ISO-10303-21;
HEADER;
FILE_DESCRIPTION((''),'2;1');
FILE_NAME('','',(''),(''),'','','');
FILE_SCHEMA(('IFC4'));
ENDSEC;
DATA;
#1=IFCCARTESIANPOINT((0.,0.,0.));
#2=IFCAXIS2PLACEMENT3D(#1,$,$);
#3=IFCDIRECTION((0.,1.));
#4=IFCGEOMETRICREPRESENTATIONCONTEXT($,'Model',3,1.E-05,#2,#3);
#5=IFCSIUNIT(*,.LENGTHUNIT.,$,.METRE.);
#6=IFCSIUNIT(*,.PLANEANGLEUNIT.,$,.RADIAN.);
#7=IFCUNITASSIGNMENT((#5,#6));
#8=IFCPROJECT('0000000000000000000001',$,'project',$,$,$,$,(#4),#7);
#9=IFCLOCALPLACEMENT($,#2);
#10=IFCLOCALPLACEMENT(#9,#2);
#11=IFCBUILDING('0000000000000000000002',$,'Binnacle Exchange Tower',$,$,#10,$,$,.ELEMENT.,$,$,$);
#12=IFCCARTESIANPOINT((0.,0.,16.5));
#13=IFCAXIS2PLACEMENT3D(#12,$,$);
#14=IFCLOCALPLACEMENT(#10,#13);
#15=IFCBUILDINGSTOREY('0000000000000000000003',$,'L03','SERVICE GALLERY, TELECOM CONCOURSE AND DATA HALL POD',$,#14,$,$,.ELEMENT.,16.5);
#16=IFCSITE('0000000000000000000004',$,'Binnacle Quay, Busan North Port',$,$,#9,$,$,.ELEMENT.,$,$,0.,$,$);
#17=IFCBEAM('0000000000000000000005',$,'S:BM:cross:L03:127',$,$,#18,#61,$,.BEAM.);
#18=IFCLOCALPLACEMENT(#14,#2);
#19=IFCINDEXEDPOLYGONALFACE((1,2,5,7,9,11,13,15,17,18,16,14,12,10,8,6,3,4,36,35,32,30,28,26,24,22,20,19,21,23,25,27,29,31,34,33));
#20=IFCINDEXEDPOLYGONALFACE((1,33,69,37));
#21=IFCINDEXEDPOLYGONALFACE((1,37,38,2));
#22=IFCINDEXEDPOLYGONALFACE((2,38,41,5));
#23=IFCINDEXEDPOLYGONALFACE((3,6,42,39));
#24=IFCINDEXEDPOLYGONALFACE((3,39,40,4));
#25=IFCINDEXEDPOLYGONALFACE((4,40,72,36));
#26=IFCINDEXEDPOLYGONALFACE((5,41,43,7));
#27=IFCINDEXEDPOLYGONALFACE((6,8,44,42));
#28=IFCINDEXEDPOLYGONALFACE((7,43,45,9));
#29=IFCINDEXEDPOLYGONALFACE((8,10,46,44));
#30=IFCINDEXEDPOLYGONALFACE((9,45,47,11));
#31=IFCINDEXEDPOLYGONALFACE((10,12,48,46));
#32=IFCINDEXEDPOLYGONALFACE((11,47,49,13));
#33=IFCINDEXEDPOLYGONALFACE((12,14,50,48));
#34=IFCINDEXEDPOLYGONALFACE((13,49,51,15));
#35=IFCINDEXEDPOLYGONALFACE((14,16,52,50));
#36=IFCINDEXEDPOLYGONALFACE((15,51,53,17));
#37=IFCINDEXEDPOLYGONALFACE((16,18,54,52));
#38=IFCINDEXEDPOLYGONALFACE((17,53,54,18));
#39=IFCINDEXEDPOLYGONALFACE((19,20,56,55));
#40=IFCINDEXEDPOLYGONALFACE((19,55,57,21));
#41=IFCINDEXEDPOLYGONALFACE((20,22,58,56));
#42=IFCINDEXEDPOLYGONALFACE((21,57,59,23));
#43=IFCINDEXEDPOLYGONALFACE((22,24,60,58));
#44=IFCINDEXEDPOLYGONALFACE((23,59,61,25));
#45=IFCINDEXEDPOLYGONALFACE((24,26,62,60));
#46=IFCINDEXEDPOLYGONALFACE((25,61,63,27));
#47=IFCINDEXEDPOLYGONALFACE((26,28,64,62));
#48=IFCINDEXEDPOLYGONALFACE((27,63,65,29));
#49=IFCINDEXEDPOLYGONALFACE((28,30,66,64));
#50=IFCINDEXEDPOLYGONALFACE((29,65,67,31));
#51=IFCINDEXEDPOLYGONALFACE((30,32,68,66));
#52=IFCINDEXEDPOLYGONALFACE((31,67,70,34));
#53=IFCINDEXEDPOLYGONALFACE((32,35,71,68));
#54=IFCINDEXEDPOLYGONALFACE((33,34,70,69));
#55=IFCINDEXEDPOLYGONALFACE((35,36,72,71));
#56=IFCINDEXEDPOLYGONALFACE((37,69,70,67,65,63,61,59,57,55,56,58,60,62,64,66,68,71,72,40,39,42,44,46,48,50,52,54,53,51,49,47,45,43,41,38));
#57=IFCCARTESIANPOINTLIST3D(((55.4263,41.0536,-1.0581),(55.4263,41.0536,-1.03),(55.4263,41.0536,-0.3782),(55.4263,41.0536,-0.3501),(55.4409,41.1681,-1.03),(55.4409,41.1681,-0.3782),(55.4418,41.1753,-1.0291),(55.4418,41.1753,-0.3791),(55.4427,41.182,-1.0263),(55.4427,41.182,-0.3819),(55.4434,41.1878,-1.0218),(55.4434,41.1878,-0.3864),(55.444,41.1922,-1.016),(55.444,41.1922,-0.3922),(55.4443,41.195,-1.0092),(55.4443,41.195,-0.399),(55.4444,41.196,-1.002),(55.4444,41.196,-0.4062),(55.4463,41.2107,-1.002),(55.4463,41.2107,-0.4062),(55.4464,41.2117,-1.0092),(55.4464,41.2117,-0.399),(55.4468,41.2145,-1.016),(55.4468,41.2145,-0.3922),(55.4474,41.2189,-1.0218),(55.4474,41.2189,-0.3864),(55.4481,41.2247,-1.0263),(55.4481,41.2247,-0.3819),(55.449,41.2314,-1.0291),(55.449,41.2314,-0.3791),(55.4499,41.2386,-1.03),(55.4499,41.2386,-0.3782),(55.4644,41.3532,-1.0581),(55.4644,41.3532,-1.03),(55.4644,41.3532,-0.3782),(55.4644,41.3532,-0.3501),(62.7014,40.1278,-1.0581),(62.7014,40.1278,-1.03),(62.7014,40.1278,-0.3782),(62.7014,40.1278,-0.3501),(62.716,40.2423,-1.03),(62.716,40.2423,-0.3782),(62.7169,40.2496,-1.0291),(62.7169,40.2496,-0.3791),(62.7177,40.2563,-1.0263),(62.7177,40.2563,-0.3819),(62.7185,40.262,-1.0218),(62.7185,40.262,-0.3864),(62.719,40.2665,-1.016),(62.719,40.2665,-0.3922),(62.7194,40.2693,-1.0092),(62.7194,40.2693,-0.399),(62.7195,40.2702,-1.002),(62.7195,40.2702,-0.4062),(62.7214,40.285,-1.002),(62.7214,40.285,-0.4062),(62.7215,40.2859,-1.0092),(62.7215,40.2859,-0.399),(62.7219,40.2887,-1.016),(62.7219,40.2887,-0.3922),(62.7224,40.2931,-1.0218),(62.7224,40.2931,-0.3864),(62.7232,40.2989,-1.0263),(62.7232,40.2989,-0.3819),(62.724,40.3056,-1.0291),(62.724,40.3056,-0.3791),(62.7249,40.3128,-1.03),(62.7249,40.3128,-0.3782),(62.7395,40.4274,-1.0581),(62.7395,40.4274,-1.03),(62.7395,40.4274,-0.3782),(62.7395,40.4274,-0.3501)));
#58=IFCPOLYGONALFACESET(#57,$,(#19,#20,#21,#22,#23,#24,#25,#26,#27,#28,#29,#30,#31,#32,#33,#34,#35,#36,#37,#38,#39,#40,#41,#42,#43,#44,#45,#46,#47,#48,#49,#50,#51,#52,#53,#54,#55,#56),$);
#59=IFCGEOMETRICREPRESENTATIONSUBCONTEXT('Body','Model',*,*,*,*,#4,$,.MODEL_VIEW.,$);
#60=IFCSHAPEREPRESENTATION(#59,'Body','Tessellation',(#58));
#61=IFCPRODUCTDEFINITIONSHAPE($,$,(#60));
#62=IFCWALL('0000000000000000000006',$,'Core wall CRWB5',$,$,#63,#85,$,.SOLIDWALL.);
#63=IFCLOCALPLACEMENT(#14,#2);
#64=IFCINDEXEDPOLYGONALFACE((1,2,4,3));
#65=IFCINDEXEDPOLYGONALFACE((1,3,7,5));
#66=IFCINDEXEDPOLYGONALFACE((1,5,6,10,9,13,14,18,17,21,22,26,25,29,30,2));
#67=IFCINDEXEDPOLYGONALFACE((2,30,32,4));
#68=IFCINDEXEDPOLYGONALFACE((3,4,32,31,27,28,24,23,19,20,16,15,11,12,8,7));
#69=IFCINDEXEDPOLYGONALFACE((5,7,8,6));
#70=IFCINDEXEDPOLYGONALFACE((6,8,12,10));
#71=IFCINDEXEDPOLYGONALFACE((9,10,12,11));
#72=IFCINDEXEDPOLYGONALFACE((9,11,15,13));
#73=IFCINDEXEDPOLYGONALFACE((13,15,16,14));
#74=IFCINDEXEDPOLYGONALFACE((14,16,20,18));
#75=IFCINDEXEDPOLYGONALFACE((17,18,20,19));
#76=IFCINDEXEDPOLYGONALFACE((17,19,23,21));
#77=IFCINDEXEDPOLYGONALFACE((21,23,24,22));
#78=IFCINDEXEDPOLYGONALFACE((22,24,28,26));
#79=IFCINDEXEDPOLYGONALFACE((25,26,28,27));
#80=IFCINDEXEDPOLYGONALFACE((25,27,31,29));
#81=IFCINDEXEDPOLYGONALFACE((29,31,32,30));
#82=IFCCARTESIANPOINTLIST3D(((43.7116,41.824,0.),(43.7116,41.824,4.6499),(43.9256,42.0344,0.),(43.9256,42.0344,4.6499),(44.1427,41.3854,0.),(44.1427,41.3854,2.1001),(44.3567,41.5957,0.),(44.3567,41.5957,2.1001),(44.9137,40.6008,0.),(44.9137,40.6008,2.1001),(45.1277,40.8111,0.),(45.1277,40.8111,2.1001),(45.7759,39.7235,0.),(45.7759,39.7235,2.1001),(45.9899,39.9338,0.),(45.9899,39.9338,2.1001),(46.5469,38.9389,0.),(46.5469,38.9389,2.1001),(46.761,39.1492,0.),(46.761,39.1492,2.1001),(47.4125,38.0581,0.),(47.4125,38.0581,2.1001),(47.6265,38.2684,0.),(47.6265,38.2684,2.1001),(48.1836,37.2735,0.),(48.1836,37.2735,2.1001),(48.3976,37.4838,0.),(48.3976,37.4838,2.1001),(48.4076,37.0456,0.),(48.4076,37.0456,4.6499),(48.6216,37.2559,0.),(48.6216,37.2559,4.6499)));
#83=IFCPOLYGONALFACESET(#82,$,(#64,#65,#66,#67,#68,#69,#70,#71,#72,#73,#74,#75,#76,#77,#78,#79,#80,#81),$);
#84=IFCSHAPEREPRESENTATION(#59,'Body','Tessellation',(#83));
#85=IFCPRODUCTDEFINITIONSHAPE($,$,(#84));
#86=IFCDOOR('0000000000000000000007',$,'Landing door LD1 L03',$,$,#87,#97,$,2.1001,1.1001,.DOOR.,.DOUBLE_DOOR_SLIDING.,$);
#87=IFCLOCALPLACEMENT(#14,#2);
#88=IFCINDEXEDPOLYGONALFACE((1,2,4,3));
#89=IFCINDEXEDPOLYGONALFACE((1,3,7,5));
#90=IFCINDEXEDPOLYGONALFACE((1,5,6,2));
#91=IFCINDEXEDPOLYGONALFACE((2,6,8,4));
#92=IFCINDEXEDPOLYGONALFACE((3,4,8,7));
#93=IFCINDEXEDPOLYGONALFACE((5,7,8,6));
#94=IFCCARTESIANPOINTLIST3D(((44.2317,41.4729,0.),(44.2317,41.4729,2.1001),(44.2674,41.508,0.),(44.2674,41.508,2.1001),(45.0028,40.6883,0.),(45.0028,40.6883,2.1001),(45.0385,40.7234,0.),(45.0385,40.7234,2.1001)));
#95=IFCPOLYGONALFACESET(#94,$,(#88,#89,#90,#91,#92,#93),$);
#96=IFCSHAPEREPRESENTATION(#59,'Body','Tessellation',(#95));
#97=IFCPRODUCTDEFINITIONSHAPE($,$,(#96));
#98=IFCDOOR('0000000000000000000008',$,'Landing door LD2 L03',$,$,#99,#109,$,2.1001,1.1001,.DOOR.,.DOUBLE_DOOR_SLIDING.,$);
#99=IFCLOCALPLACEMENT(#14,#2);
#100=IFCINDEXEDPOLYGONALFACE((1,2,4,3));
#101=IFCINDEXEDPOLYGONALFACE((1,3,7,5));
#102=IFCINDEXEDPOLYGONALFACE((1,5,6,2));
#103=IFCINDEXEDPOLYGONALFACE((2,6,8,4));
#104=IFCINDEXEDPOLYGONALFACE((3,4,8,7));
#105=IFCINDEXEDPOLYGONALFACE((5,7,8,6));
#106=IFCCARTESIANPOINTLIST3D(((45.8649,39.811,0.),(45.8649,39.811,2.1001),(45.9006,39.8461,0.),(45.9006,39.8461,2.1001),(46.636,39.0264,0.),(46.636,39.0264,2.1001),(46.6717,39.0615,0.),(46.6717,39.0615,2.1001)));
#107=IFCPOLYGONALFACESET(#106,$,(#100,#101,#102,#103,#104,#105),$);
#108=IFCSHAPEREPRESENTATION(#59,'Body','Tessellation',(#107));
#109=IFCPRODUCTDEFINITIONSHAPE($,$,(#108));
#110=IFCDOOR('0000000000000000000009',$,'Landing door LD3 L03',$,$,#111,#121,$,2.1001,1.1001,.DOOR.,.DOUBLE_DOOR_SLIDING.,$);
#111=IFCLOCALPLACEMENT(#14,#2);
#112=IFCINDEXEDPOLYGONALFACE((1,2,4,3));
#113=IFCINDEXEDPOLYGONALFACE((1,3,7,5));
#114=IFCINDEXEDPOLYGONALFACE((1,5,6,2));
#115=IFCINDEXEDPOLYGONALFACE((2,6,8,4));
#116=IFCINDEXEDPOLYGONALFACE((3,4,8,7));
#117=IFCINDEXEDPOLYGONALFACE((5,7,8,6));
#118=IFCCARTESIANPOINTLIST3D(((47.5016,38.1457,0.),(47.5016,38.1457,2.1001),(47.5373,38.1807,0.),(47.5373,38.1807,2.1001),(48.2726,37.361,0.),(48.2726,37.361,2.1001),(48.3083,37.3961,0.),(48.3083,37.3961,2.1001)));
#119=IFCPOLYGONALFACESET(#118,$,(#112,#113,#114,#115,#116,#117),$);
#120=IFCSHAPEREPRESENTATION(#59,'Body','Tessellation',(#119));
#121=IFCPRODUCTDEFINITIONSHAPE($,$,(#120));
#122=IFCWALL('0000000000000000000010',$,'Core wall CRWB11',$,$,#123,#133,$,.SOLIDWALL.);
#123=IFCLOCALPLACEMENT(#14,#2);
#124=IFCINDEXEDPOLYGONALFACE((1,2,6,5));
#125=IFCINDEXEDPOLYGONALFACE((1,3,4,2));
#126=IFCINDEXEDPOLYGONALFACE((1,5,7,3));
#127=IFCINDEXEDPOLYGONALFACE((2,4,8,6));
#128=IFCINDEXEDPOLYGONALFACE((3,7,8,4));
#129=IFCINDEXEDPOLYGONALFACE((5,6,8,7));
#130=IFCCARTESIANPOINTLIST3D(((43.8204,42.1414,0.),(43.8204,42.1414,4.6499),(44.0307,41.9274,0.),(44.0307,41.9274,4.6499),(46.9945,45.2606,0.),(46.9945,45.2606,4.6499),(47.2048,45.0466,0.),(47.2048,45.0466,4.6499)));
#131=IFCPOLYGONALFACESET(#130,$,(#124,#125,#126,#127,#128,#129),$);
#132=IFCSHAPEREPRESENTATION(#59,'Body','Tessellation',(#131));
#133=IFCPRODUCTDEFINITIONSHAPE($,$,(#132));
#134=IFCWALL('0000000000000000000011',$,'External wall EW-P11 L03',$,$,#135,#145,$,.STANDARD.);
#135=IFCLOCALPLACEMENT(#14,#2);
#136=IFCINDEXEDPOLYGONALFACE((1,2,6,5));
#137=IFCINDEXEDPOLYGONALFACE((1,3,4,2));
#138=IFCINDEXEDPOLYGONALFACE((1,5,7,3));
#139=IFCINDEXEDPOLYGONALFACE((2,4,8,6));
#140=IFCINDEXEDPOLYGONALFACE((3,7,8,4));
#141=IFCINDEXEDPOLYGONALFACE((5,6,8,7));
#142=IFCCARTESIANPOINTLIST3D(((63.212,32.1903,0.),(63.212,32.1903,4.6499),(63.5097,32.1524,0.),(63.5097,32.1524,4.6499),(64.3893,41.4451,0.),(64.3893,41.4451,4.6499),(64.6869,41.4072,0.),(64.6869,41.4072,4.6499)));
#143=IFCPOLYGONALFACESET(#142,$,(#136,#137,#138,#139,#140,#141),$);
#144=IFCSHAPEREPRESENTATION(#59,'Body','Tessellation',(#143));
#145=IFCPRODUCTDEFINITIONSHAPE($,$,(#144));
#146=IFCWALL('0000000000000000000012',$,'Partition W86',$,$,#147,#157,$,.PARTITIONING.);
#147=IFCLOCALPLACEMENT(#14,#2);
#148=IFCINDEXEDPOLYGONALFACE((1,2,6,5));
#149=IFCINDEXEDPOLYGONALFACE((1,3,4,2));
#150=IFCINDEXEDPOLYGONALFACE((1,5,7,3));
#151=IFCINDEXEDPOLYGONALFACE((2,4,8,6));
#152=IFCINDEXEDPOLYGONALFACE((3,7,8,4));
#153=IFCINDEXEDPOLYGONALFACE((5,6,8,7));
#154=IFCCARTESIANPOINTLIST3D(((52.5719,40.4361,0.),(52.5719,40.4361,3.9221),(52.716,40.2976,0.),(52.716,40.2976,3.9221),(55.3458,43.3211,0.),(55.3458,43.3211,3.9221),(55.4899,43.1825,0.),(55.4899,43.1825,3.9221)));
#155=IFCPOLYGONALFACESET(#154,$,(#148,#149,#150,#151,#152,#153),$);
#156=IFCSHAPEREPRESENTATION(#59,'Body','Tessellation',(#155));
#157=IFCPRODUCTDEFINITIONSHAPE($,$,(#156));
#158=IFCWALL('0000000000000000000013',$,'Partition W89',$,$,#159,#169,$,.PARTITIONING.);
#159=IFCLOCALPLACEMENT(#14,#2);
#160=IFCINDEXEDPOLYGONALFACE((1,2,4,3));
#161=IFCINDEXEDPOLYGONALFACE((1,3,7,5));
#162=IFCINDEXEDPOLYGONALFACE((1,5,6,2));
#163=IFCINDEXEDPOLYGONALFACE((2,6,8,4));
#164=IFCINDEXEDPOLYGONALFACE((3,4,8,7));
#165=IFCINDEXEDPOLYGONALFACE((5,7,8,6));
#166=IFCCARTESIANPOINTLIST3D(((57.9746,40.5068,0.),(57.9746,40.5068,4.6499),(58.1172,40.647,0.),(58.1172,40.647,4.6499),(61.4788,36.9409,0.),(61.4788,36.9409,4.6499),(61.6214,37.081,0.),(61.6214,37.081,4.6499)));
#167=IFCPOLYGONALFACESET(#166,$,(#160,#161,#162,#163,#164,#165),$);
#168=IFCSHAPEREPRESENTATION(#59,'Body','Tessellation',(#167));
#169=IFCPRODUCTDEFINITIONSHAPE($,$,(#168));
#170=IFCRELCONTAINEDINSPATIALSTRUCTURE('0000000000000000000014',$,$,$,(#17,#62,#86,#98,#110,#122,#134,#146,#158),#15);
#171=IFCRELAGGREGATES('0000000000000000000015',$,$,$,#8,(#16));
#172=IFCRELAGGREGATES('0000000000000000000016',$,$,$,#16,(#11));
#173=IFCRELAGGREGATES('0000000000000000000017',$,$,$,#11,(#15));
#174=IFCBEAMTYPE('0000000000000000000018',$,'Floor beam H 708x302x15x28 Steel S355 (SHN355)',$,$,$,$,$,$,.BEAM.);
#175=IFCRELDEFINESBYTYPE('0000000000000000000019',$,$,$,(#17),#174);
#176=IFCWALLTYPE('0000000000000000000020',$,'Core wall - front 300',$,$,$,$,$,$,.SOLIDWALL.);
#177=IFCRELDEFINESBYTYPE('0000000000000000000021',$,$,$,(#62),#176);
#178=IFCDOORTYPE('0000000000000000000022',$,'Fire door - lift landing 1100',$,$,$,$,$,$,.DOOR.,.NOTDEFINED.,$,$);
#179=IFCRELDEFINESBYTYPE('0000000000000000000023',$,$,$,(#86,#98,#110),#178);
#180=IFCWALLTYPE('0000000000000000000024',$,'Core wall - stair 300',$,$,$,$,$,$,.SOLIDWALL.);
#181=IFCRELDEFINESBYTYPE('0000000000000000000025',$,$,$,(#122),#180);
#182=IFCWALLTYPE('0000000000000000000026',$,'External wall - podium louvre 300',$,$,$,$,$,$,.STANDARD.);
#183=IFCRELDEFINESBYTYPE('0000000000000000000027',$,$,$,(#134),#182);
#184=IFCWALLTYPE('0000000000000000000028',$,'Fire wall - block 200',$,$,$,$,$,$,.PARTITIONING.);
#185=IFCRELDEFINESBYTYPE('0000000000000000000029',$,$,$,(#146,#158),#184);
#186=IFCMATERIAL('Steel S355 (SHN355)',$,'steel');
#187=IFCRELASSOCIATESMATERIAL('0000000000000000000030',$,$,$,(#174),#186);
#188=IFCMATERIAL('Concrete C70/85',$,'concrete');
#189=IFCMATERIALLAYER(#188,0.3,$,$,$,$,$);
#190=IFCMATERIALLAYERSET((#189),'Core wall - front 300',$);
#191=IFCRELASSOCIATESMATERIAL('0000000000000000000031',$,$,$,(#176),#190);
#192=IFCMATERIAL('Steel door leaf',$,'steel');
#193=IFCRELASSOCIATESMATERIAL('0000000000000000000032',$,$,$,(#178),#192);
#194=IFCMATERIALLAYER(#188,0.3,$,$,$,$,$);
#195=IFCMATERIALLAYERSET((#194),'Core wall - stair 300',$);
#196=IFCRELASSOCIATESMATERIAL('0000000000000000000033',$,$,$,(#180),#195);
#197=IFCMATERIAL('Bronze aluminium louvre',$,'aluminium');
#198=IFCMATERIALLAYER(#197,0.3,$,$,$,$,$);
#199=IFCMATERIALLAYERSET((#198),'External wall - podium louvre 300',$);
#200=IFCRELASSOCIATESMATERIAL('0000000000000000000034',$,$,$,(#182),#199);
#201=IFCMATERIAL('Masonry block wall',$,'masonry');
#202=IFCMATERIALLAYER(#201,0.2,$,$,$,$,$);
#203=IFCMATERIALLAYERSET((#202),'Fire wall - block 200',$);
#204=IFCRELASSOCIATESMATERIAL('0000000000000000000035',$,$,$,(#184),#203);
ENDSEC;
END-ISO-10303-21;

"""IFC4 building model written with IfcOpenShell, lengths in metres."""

from ifc_helpers import new_model, si_unit, direction, frame, frame_2d, origin, origin_2d, place, context, subcontext, project, spatial, rectangle, i_section, extrude, material, layer, layer_set, material_profile, profile_set, type_object, element, fill, save


model = new_model("IFC4")

# Units and contexts
model_context = context("Model", 3, precision=1e-05, world=origin(), true_north=direction((0.0, 1.0)))
body_context = subcontext(model_context, "Body", "Model", "MODEL_VIEW")
ifc_project = project(units=[si_unit("LENGTHUNIT", "METRE"), si_unit("PLANEANGLEUNIT", "RADIAN")], contexts=[model_context])

# Site, building, storey
site_placement = place(None, origin())
site = spatial("IfcSite", under=ifc_project, at=site_placement, Name="Binnacle Quay, Busan North Port", CompositionType="ELEMENT", RefElevation=0.0)
building_placement = place(site_placement, origin())
building = spatial("IfcBuilding", under=site, at=building_placement, Name="Binnacle Exchange Tower", CompositionType="ELEMENT")
storey_placement = place(building_placement, frame((0.0, 0.0, 16.5)))
storey = spatial("IfcBuildingStorey", under=building, at=storey_placement, Name="L03", Description="SERVICE GALLERY, TELECOM CONCOURSE AND DATA HALL POD", CompositionType="ELEMENT", Elevation=16.5)

# Shared definitions
ifc_material_1 = material(Name="Concrete C70/85", Category="concrete")

# Beam
ifc_material_2 = material(Name="Steel S355 (SHN355)", Category="steel")
ifc_material_profile_1 = material_profile(ifc_material_2, i_section(OverallWidth=0.302, OverallDepth=0.708, WebThickness=0.0149, FlangeThickness=0.0281, FilletRadius=0.0281, at=origin_2d()), Name="H 708x302x15x28")
ifc_profile_set_1 = profile_set([ifc_material_profile_1], Name="Steel S355 (SHN355)")
beam_type_1 = type_object("IfcBeamType", Name="Floor beam H 708x302x15x28 Steel S355 (SHN355)", PredefinedType="BEAM", material=ifc_profile_set_1)
beam_1_placement = place(storey_placement, frame((62.7205, 40.2776, -0.7041), z_axis=(-0.992, 0.126235, 0.0), x_axis=(-0.126235, -0.992, 0.0)))
element("IfcBeam", 1, at=beam_1_placement, inside=storey, type_object=beam_type_1, Name="S:BM:cross:L03:127", PredefinedType="BEAM", context=body_context, shape_type="SweptSolid", body=[
    extrude(i_section(OverallWidth=0.302, OverallDepth=0.708, WebThickness=0.0149, FlangeThickness=0.0281, FilletRadius=0.0281, at=origin_2d()), origin(), (0.0, 0.0, 1.0), 7.3337),
])

# Wall, openings, doors
ifc_layer_1 = layer(ifc_material_1, 0.3)
ifc_layer_set_1 = layer_set([ifc_layer_1], Name="Core wall - front 300")
wall_type_1 = type_object("IfcWallType", Name="Core wall - front 300", PredefinedType="SOLIDWALL", material=ifc_layer_set_1)
wall_1_placement = place(storey_placement, frame((43.8186, 41.9292, 0.0), z_axis=(0.0, 0.0, 1.0), x_axis=(0.700922, -0.713238, 0.0)))
wall_1 = element("IfcWall", 2, at=wall_1_placement, inside=storey, type_object=wall_type_1, Name="Core wall CRWB5", PredefinedType="SOLIDWALL", context=body_context, shape_type="SweptSolid", body=[
    extrude(rectangle(XDim=6.6997, YDim=0.3, at=frame_2d((3.3499, 0.0))), origin(), (0.0, 0.0, 1.0), 4.6499),
])
opening_1_placement = place(wall_1_placement, frame((0.615, 0.0, 0.0)))
opening_1 = element("IfcOpeningElement", 3, at=opening_1_placement, cuts=wall_1, PredefinedType="OPENING", context=body_context, shape_type="SweptSolid", body=[
    extrude(rectangle(XDim=1.1001, YDim=2.1001, at=frame_2d((0.55, 1.05))), frame((0.0, 0.1599, 0.0), z_axis=(0.0, -1.0, 0.0), x_axis=(1.0, 0.0, 0.0)), (0.0, 0.0, 1.0), 0.3201),
])
opening_2_placement = place(wall_1_placement, frame((2.9451, 0.0, 0.0)))
opening_2 = element("IfcOpeningElement", 4, at=opening_2_placement, cuts=wall_1, PredefinedType="OPENING", context=body_context, shape_type="SweptSolid", body=[
    extrude(rectangle(XDim=1.1001, YDim=2.1001, at=frame_2d((0.55, 1.05))), frame((0.0, 0.1599, 0.0), z_axis=(0.0, -1.0, 0.0), x_axis=(1.0, 0.0, 0.0)), (0.0, 0.0, 1.0), 0.3201),
])
opening_3_placement = place(wall_1_placement, frame((5.28, 0.0, 0.0)))
opening_3 = element("IfcOpeningElement", 5, at=opening_3_placement, cuts=wall_1, PredefinedType="OPENING", context=body_context, shape_type="SweptSolid", body=[
    extrude(rectangle(XDim=1.1001, YDim=2.1001, at=frame_2d((0.55, 1.05))), frame((0.0, 0.1599, 0.0), z_axis=(0.0, -1.0, 0.0), x_axis=(1.0, 0.0, 0.0)), (0.0, 0.0, 1.0), 0.3201),
])
ifc_material_3 = material(Name="Steel door leaf", Category="steel")
door_type_1 = type_object("IfcDoorType", Name="Fire door - lift landing 1100", OperationType="NOTDEFINED", PredefinedType="DOOR", material=ifc_material_3)
door_1_placement = place(opening_1_placement, origin())
door_1 = element("IfcDoor", 6, at=door_1_placement, inside=storey, type_object=door_type_1, Name="Landing door LD1 L03", OperationType="DOUBLE_DOOR_SLIDING", OverallHeight=2.1001, OverallWidth=1.1001, PredefinedType="DOOR", context=body_context, shape_type="SweptSolid", body=[
    extrude(rectangle(XDim=1.1001, YDim=2.1001, at=frame_2d((0.55, 1.05))), frame((0.0, 0.0249, 0.0), z_axis=(0.0, -1.0, 0.0), x_axis=(1.0, 0.0, 0.0)), (0.0, 0.0, 1.0), 0.05),
])
fill(opening_1, door_1)
door_2_placement = place(opening_2_placement, origin())
door_2 = element("IfcDoor", 7, at=door_2_placement, inside=storey, type_object=door_type_1, Name="Landing door LD2 L03", OperationType="DOUBLE_DOOR_SLIDING", OverallHeight=2.1001, OverallWidth=1.1001, PredefinedType="DOOR", context=body_context, shape_type="SweptSolid", body=[
    extrude(rectangle(XDim=1.1001, YDim=2.1001, at=frame_2d((0.55, 1.05))), frame((0.0, 0.0249, 0.0), z_axis=(0.0, -1.0, 0.0), x_axis=(1.0, 0.0, 0.0)), (0.0, 0.0, 1.0), 0.05),
])
fill(opening_2, door_2)
door_3_placement = place(opening_3_placement, origin())
door_3 = element("IfcDoor", 8, at=door_3_placement, inside=storey, type_object=door_type_1, Name="Landing door LD3 L03", OperationType="DOUBLE_DOOR_SLIDING", OverallHeight=2.1001, OverallWidth=1.1001, PredefinedType="DOOR", context=body_context, shape_type="SweptSolid", body=[
    extrude(rectangle(XDim=1.1001, YDim=2.1001, at=frame_2d((0.55, 1.05))), frame((0.0, 0.0249, 0.0), z_axis=(0.0, -1.0, 0.0), x_axis=(1.0, 0.0, 0.0)), (0.0, 0.0, 1.0), 0.05),
])
fill(opening_3, door_3)

# Walls
ifc_layer_2 = layer(ifc_material_1, 0.3)
ifc_layer_set_2 = layer_set([ifc_layer_2], Name="Core wall - stair 300")
wall_type_2 = type_object("IfcWallType", Name="Core wall - stair 300", PredefinedType="SOLIDWALL", material=ifc_layer_set_2)
wall_2_placement = place(storey_placement, frame((43.9255, 42.0344, 0.0), z_axis=(0.0, 0.0, 1.0), x_axis=(0.713252, 0.700908, 0.0)))
element("IfcWall", 9, at=wall_2_placement, inside=storey, type_object=wall_type_2, Name="Core wall CRWB11", PredefinedType="SOLIDWALL", context=body_context, shape_type="SweptSolid", body=[
    extrude(rectangle(XDim=4.4502, YDim=0.3, at=frame_2d((2.2251, 0.0))), origin(), (0.0, 0.0, 1.0), 4.6499),
])
ifc_material_4 = material(Name="Bronze aluminium louvre", Category="aluminium")
ifc_layer_3 = layer(ifc_material_4, 0.3)
ifc_layer_set_3 = layer_set([ifc_layer_3], Name="External wall - podium louvre 300")
wall_type_3 = type_object("IfcWallType", Name="External wall - podium louvre 300", PredefinedType="STANDARD", material=ifc_layer_set_3)
wall_3_placement = place(storey_placement, frame((64.5381, 41.426, 0.0), z_axis=(0.0, 0.0, 1.0), x_axis=(-0.126186, -0.992007, 0.0)))
element("IfcWall", 10, at=wall_3_placement, inside=storey, type_object=wall_type_3, Name="External wall EW-P11 L03", PredefinedType="STANDARD", context=body_context, shape_type="SweptSolid", body=[
    extrude(rectangle(XDim=9.3293, YDim=0.3, at=frame_2d((4.6646, 0.0))), origin(), (0.0, 0.0, 1.0), 4.6499),
])
ifc_material_5 = material(Name="Masonry block wall", Category="masonry")
ifc_layer_4 = layer(ifc_material_5, 0.2)
ifc_layer_set_4 = layer_set([ifc_layer_4], Name="Fire wall - block 200")
wall_type_4 = type_object("IfcWallType", Name="Fire wall - block 200", PredefinedType="PARTITIONING", material=ifc_layer_set_4)
wall_4_placement = place(storey_placement, frame((52.644, 40.3669, 0.0), z_axis=(0.0, 0.0, 1.0), x_axis=(0.693093, 0.720848, 0.0)))
element("IfcWall", 11, at=wall_4_placement, inside=storey, type_object=wall_type_4, Name="Partition W86", PredefinedType="PARTITIONING", context=body_context, shape_type="SweptSolid", body=[
    extrude(rectangle(XDim=4.0022, YDim=0.2, at=frame_2d((2.001, 0.0))), origin(), (0.0, 0.0, 1.0), 3.9221),
])
wall_5_placement = place(storey_placement, frame((58.0459, 40.5769, 0.0), z_axis=(0.0, 0.0, 1.0), x_axis=(0.700902, -0.713257, 0.0)))
element("IfcWall", 12, at=wall_5_placement, inside=storey, type_object=wall_type_4, Name="Partition W89", PredefinedType="PARTITIONING", context=body_context, shape_type="SweptSolid", body=[
    extrude(rectangle(XDim=4.9995, YDim=0.2, at=frame_2d((2.4998, 0.0))), origin(), (0.0, 0.0, 1.0), 4.6499),
])

save(model, "model.ifc")
